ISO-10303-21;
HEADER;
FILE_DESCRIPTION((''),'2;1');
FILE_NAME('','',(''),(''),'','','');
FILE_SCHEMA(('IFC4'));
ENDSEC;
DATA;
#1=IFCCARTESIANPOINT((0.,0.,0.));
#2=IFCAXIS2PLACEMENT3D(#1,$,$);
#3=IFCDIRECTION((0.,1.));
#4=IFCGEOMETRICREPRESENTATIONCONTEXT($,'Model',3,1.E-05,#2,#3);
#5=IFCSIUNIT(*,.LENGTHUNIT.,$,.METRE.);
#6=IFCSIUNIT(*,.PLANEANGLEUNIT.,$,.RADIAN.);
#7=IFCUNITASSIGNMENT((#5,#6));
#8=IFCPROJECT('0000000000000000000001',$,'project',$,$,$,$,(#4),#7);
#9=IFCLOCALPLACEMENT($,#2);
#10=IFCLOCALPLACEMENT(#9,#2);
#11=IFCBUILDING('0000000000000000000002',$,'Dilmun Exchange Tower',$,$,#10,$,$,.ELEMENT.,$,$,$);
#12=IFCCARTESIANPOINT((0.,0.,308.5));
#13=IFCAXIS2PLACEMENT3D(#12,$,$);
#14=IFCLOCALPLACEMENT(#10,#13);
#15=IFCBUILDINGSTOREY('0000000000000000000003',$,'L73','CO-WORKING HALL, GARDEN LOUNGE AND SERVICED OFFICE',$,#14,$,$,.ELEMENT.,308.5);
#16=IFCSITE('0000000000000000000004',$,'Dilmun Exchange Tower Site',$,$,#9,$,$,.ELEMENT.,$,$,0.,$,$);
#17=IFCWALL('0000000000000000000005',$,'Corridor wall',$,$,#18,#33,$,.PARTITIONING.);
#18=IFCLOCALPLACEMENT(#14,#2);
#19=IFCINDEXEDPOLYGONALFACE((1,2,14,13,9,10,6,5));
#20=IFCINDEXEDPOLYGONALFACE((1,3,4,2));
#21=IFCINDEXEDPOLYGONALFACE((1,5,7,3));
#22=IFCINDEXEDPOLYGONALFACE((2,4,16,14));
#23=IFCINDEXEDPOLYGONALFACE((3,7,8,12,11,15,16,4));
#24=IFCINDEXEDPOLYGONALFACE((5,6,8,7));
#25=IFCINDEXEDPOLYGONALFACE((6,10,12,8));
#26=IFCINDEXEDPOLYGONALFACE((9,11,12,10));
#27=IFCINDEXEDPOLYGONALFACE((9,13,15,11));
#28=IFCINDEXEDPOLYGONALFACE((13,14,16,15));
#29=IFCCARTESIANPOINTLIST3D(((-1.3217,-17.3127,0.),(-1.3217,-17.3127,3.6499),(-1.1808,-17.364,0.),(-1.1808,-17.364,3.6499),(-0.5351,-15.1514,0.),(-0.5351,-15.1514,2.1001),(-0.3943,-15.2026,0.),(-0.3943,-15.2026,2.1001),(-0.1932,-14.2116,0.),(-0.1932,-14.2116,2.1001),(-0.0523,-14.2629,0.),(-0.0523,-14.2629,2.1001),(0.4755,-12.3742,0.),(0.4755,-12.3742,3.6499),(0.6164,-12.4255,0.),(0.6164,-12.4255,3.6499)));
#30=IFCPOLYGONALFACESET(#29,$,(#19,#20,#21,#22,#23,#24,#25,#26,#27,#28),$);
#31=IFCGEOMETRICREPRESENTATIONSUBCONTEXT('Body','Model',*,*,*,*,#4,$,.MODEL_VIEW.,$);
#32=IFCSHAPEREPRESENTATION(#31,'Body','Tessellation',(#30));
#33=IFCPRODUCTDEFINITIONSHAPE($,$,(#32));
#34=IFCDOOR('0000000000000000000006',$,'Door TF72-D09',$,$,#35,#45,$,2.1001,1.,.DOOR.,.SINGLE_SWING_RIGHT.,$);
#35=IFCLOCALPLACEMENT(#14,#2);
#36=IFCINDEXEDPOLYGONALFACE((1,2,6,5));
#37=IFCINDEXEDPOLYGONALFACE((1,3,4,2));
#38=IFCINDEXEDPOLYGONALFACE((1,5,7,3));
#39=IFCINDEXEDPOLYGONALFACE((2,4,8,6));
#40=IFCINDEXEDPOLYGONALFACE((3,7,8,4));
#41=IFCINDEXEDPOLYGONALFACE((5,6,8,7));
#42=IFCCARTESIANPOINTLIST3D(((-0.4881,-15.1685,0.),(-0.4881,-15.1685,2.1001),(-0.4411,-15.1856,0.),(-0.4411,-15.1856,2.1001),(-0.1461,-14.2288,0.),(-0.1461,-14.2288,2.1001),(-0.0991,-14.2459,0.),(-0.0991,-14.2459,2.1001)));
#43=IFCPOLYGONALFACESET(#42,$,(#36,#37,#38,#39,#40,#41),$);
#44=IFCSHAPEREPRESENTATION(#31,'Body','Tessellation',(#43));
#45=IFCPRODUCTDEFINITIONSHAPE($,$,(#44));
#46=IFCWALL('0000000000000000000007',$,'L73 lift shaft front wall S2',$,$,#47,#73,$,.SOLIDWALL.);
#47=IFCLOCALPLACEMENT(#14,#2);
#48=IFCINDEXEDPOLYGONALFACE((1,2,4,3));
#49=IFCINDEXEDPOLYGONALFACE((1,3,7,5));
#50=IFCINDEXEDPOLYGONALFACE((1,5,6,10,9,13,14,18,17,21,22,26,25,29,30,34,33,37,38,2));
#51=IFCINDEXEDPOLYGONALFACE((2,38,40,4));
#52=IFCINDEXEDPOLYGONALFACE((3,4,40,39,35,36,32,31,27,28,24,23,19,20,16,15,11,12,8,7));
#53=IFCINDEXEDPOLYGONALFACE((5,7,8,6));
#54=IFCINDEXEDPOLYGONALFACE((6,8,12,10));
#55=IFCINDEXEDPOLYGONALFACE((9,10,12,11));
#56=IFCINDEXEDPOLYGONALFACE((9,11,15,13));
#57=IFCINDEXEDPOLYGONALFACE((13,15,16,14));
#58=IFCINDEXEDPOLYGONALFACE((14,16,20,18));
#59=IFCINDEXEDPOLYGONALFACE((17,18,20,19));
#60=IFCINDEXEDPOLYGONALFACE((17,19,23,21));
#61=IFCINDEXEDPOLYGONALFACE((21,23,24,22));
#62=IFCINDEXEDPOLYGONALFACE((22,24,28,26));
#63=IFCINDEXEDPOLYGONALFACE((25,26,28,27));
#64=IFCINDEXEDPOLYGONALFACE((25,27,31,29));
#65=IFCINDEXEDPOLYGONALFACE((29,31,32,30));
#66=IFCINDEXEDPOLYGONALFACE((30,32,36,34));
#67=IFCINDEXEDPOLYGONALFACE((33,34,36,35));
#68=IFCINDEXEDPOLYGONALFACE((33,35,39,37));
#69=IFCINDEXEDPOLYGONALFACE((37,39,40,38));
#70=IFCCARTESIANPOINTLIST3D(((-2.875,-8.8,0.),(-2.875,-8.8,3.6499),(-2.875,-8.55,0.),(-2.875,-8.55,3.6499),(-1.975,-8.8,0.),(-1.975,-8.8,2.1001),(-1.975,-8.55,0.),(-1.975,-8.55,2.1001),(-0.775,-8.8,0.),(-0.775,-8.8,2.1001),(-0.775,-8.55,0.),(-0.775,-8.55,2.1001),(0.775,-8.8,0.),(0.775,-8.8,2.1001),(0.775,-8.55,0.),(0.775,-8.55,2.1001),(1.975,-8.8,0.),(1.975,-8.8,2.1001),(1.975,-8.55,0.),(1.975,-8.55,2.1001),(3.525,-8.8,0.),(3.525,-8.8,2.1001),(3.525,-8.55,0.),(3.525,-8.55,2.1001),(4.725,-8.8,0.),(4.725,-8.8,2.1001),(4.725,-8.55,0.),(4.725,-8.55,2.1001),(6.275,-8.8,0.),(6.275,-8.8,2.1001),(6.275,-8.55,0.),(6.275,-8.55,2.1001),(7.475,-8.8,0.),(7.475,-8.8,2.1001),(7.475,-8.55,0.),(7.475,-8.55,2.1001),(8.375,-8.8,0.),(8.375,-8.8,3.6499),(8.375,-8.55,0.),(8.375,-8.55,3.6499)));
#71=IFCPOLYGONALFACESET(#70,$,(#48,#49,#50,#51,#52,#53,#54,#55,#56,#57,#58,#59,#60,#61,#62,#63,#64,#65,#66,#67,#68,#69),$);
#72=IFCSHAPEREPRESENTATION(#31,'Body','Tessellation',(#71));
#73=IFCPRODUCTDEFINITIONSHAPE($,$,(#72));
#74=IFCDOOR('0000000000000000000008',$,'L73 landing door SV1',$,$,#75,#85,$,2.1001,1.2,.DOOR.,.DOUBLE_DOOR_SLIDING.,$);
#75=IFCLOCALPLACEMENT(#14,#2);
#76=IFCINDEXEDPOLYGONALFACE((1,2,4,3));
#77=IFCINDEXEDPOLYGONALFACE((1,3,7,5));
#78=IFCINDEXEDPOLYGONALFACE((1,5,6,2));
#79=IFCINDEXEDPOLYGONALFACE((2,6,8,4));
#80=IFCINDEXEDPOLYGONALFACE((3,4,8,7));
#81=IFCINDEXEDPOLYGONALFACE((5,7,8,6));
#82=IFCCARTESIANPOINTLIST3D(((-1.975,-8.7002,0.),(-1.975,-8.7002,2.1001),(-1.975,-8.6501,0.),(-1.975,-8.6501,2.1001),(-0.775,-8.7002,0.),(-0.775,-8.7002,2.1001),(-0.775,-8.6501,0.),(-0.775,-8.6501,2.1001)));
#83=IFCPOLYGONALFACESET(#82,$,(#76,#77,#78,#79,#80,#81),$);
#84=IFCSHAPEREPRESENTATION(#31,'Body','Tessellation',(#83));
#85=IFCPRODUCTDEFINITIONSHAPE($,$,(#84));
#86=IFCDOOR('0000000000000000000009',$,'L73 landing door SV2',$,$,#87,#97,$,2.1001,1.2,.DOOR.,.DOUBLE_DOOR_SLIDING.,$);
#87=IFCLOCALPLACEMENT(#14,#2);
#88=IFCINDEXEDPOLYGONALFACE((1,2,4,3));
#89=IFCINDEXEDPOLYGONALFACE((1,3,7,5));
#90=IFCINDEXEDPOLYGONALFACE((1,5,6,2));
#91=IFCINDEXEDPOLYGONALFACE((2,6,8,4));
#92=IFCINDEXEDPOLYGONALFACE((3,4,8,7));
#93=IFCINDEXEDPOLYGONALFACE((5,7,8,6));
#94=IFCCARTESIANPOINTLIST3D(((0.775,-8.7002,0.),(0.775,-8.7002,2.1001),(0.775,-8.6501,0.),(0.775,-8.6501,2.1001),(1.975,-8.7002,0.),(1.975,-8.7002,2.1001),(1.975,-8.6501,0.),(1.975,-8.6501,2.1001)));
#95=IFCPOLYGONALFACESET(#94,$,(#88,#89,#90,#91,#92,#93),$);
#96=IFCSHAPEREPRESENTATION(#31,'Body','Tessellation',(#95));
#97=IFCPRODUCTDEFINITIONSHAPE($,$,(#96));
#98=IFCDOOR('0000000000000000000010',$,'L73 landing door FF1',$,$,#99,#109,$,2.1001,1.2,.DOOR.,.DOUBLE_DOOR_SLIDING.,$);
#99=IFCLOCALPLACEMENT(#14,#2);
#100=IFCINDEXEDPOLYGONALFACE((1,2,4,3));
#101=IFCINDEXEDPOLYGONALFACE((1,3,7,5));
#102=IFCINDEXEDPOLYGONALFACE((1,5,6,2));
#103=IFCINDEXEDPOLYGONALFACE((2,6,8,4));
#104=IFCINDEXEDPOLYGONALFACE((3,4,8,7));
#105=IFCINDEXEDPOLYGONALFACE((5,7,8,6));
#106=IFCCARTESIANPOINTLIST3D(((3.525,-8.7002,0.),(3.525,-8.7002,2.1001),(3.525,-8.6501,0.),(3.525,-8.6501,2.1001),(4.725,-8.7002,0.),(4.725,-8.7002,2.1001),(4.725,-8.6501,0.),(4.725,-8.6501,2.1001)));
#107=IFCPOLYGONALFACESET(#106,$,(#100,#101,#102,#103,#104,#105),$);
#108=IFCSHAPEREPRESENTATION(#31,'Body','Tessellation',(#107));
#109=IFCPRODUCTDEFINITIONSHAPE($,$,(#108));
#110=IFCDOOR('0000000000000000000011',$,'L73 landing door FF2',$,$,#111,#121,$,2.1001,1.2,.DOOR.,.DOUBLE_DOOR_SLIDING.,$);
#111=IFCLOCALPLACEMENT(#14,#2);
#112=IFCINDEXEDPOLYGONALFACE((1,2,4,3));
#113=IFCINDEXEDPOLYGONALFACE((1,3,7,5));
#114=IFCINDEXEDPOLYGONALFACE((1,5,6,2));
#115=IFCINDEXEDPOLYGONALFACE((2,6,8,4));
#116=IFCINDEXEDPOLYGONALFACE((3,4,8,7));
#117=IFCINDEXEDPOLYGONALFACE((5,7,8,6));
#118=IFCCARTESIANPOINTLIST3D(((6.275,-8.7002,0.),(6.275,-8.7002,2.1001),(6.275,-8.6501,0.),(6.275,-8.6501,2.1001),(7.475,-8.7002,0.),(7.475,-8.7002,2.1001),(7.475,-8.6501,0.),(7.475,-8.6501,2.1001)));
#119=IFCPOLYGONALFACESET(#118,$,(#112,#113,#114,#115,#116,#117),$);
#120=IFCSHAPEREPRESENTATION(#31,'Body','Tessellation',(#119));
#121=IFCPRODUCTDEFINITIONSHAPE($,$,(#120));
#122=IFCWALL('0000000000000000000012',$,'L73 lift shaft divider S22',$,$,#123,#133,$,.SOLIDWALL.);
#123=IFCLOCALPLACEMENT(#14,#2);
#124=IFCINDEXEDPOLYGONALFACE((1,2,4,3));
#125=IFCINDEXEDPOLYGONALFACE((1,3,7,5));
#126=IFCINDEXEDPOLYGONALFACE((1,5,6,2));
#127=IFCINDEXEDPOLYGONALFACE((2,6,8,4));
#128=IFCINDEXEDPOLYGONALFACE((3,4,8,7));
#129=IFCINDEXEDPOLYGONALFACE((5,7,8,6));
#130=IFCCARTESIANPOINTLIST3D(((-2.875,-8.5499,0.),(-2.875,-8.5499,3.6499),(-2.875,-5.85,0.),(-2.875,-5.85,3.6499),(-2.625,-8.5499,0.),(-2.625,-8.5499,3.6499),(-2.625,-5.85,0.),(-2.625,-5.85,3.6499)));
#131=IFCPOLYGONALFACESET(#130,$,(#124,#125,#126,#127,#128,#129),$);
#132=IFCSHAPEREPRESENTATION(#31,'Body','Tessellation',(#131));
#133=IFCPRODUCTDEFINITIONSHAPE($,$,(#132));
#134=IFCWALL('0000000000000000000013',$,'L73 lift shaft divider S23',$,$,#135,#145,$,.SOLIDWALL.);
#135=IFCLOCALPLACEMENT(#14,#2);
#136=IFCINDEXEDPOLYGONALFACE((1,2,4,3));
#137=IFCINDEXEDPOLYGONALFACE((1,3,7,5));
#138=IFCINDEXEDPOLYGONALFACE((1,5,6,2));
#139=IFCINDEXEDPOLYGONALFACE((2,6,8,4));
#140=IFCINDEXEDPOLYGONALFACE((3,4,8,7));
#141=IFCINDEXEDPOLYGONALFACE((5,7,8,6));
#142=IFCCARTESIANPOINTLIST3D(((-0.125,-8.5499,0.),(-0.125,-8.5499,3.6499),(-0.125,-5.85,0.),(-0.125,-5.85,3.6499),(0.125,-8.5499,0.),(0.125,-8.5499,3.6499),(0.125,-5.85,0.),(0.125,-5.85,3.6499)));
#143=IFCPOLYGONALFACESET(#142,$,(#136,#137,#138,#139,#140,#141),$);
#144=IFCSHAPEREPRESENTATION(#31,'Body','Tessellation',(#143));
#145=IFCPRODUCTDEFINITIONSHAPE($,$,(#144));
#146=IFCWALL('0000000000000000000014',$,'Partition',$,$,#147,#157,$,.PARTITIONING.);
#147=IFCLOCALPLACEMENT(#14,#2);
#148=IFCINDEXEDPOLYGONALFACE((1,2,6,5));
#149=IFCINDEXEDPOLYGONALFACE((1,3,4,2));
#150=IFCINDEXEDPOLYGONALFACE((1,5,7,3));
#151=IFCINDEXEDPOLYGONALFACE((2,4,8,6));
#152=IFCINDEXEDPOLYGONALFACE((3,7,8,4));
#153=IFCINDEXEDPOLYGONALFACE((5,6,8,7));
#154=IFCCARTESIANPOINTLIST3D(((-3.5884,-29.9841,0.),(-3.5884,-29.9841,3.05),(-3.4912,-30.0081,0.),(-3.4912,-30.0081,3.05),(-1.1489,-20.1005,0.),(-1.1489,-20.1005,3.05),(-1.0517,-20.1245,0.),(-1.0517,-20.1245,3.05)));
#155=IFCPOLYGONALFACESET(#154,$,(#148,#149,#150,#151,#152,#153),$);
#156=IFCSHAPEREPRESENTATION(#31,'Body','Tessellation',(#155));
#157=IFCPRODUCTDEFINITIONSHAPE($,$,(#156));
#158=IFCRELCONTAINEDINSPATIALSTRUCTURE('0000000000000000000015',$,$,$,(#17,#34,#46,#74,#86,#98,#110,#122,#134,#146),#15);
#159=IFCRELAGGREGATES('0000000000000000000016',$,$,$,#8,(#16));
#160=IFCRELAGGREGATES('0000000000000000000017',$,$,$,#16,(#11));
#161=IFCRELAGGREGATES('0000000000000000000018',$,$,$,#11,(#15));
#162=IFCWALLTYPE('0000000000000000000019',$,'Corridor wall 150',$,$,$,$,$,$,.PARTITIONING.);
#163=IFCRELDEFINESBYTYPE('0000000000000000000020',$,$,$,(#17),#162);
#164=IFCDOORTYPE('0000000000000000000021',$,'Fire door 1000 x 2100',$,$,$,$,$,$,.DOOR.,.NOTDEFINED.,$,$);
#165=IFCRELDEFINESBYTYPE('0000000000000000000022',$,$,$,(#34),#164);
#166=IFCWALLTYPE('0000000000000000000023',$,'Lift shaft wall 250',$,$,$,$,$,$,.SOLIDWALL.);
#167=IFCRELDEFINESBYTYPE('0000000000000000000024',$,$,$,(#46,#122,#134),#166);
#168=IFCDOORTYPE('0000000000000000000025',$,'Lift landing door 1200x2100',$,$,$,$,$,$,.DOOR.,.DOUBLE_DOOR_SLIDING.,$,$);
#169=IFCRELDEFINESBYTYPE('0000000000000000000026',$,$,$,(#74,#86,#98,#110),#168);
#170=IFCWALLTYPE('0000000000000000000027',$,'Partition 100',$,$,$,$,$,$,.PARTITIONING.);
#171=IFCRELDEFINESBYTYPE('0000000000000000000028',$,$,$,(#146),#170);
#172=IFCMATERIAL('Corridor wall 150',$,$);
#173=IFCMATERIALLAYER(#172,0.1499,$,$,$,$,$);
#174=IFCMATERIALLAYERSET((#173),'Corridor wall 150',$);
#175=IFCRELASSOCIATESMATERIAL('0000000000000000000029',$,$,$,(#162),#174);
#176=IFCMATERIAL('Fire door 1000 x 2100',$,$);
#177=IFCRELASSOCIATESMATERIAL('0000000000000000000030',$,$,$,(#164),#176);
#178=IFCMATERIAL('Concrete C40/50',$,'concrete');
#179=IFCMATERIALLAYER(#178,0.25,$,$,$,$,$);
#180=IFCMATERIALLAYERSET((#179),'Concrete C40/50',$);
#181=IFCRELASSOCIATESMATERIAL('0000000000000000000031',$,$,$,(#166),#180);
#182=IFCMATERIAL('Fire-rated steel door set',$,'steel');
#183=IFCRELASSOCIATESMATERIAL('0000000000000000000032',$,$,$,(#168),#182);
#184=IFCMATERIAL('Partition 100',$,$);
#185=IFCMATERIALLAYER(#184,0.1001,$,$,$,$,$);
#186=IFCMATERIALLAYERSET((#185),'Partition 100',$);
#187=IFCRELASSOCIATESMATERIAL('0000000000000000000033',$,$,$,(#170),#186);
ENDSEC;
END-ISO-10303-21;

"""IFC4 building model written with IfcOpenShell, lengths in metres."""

from ifc_helpers import new_model, si_unit, direction, frame, frame_2d, origin, place, context, subcontext, project, spatial, rectangle, extrude, material, layer, layer_set, type_object, element, fill, save


model = new_model("IFC4")

# Units and contexts
model_context = context("Model", 3, precision=1e-05, world=origin(), true_north=direction((0.0, 1.0)))
body_context = subcontext(model_context, "Body", "Model", "MODEL_VIEW")
ifc_project = project(units=[si_unit("LENGTHUNIT", "METRE"), si_unit("PLANEANGLEUNIT", "RADIAN")], contexts=[model_context])

# Site, building, storey
site_placement = place(None, origin())
site = spatial("IfcSite", under=ifc_project, at=site_placement, Name="Dilmun Exchange Tower Site", CompositionType="ELEMENT", RefElevation=0.0)
building_placement = place(site_placement, origin())
building = spatial("IfcBuilding", under=site, at=building_placement, Name="Dilmun Exchange Tower", CompositionType="ELEMENT")
storey_placement = place(building_placement, frame((0.0, 0.0, 308.5)))
storey = spatial("IfcBuildingStorey", under=building, at=storey_placement, Name="L73", Description="CO-WORKING HALL, GARDEN LOUNGE AND SERVICED OFFICE", CompositionType="ELEMENT", Elevation=308.5)

# Shared definitions
ifc_material_1 = material(Name="Concrete C40/50", Category="concrete")

# Shared definitions
ifc_material_2 = material(Name="Fire-rated steel door set", Category="steel")

# Wall, opening, door
ifc_material_3 = material(Name="Corridor wall 150")
ifc_layer_1 = layer(ifc_material_3, 0.1499)
ifc_layer_set_1 = layer_set([ifc_layer_1], Name="Corridor wall 150")
wall_type_1 = type_object("IfcWallType", Name="Corridor wall 150", PredefinedType="PARTITIONING", material=ifc_layer_set_1)
wall_1_placement = place(storey_placement, frame((-1.2512, -17.3384, 0.0), z_axis=(0.0, 0.0, 1.0), x_axis=(0.341963, 0.939713, 0.0)))
wall_1 = element("IfcWall", 1, at=wall_1_placement, inside=storey, type_object=wall_type_1, Name="Corridor wall", PredefinedType="PARTITIONING", context=body_context, shape_type="SweptSolid", body=[
    extrude(rectangle(XDim=5.2554, YDim=0.1499, at=frame_2d((2.6277, 0.0))), origin(), (0.0, 0.0, 1.0), 3.6499),
])
opening_1_placement = place(wall_1_placement, frame((2.3, 0.0, 0.0)))
opening_1 = element("IfcOpeningElement", 2, at=opening_1_placement, cuts=wall_1, PredefinedType="OPENING", context=body_context, shape_type="SweptSolid", body=[
    extrude(rectangle(XDim=1.0, YDim=2.1001, at=frame_2d((0.5, 1.05))), frame((0.0, 0.085, 0.0), z_axis=(0.0, -1.0, 0.0), x_axis=(1.0, 0.0, 0.0)), (0.0, 0.0, 1.0), 0.1699),
])
ifc_material_4 = material(Name="Fire door 1000 x 2100")
door_type_1 = type_object("IfcDoorType", Name="Fire door 1000 x 2100", OperationType="NOTDEFINED", PredefinedType="DOOR", material=ifc_material_4)
door_1_placement = place(opening_1_placement, origin())
door_1 = element("IfcDoor", 3, at=door_1_placement, inside=storey, type_object=door_type_1, Name="Door TF72-D09", OperationType="SINGLE_SWING_RIGHT", OverallHeight=2.1001, OverallWidth=1.0, PredefinedType="DOOR", context=body_context, shape_type="SweptSolid", body=[
    extrude(rectangle(XDim=1.0, YDim=2.1001, at=frame_2d((0.5, 1.05))), frame((0.0, 0.0249, 0.0), z_axis=(0.0, -1.0, 0.0), x_axis=(1.0, 0.0, 0.0)), (0.0, 0.0, 1.0), 0.05),
])
fill(opening_1, door_1)

# Wall, openings, doors
ifc_layer_2 = layer(ifc_material_1, 0.25)
ifc_layer_set_2 = layer_set([ifc_layer_2], Name="Concrete C40/50")
wall_type_2 = type_object("IfcWallType", Name="Lift shaft wall 250", PredefinedType="SOLIDWALL", material=ifc_layer_set_2)
wall_2_placement = place(storey_placement, frame((-2.875, -8.675, 0.0), z_axis=(0.0, 0.0, 1.0), x_axis=(1.0, 0.0, 0.0)))
wall_2 = element("IfcWall", 4, at=wall_2_placement, inside=storey, type_object=wall_type_2, Name="L73 lift shaft front wall S2", PredefinedType="SOLIDWALL", context=body_context, shape_type="SweptSolid", body=[
    extrude(rectangle(XDim=11.25, YDim=0.25, at=frame_2d((5.625, 0.0))), origin(), (0.0, 0.0, 1.0), 3.6499),
])
opening_2_placement = place(wall_2_placement, frame((0.8999, 0.0, 0.0)))
opening_2 = element("IfcOpeningElement", 5, at=opening_2_placement, cuts=wall_2, PredefinedType="OPENING", context=body_context, shape_type="SweptSolid", body=[
    extrude(rectangle(XDim=1.2, YDim=2.1001, at=frame_2d((0.6001, 1.05))), frame((0.0, 0.135, 0.0), z_axis=(0.0, -1.0, 0.0), x_axis=(1.0, 0.0, 0.0)), (0.0, 0.0, 1.0), 0.27),
])
opening_3_placement = place(wall_2_placement, frame((3.6499, 0.0, 0.0)))
opening_3 = element("IfcOpeningElement", 6, at=opening_3_placement, cuts=wall_2, PredefinedType="OPENING", context=body_context, shape_type="SweptSolid", body=[
    extrude(rectangle(XDim=1.2, YDim=2.1001, at=frame_2d((0.6001, 1.05))), frame((0.0, 0.135, 0.0), z_axis=(0.0, -1.0, 0.0), x_axis=(1.0, 0.0, 0.0)), (0.0, 0.0, 1.0), 0.27),
])
opening_4_placement = place(wall_2_placement, frame((6.3999, 0.0, 0.0)))
opening_4 = element("IfcOpeningElement", 7, at=opening_4_placement, cuts=wall_2, PredefinedType="OPENING", context=body_context, shape_type="SweptSolid", body=[
    extrude(rectangle(XDim=1.2, YDim=2.1001, at=frame_2d((0.6001, 1.05))), frame((0.0, 0.135, 0.0), z_axis=(0.0, -1.0, 0.0), x_axis=(1.0, 0.0, 0.0)), (0.0, 0.0, 1.0), 0.27),
])
opening_5_placement = place(wall_2_placement, frame((9.1499, 0.0, 0.0)))
opening_5 = element("IfcOpeningElement", 8, at=opening_5_placement, cuts=wall_2, PredefinedType="OPENING", context=body_context, shape_type="SweptSolid", body=[
    extrude(rectangle(XDim=1.2, YDim=2.1001, at=frame_2d((0.6001, 1.05))), frame((0.0, 0.135, 0.0), z_axis=(0.0, -1.0, 0.0), x_axis=(1.0, 0.0, 0.0)), (0.0, 0.0, 1.0), 0.27),
])
door_type_2 = type_object("IfcDoorType", Name="Lift landing door 1200x2100", OperationType="DOUBLE_DOOR_SLIDING", PredefinedType="DOOR", material=ifc_material_2)
door_2_placement = place(opening_2_placement, origin())
door_2 = element("IfcDoor", 9, at=door_2_placement, inside=storey, type_object=door_type_2, Name="L73 landing door SV1", OperationType="DOUBLE_DOOR_SLIDING", OverallHeight=2.1001, OverallWidth=1.2, PredefinedType="DOOR", context=body_context, shape_type="SweptSolid", body=[
    extrude(rectangle(XDim=1.2, YDim=2.1001, at=frame_2d((0.6001, 1.05))), frame((0.0, 0.0249, 0.0), z_axis=(0.0, -1.0, 0.0), x_axis=(1.0, 0.0, 0.0)), (0.0, 0.0, 1.0), 0.05),
])
fill(opening_2, door_2)
door_3_placement = place(opening_3_placement, origin())
door_3 = element("IfcDoor", 10, at=door_3_placement, inside=storey, type_object=door_type_2, Name="L73 landing door SV2", OperationType="DOUBLE_DOOR_SLIDING", OverallHeight=2.1001, OverallWidth=1.2, PredefinedType="DOOR", context=body_context, shape_type="SweptSolid", body=[
    extrude(rectangle(XDim=1.2, YDim=2.1001, at=frame_2d((0.6001, 1.05))), frame((0.0, 0.0249, 0.0), z_axis=(0.0, -1.0, 0.0), x_axis=(1.0, 0.0, 0.0)), (0.0, 0.0, 1.0), 0.05),
])
fill(opening_3, door_3)
door_4_placement = place(opening_4_placement, origin())
door_4 = element("IfcDoor", 11, at=door_4_placement, inside=storey, type_object=door_type_2, Name="L73 landing door FF1", OperationType="DOUBLE_DOOR_SLIDING", OverallHeight=2.1001, OverallWidth=1.2, PredefinedType="DOOR", context=body_context, shape_type="SweptSolid", body=[
    extrude(rectangle(XDim=1.2, YDim=2.1001, at=frame_2d((0.6001, 1.05))), frame((0.0, 0.0249, 0.0), z_axis=(0.0, -1.0, 0.0), x_axis=(1.0, 0.0, 0.0)), (0.0, 0.0, 1.0), 0.05),
])
fill(opening_4, door_4)
door_5_placement = place(opening_5_placement, origin())
door_5 = element("IfcDoor", 12, at=door_5_placement, inside=storey, type_object=door_type_2, Name="L73 landing door FF2", OperationType="DOUBLE_DOOR_SLIDING", OverallHeight=2.1001, OverallWidth=1.2, PredefinedType="DOOR", context=body_context, shape_type="SweptSolid", body=[
    extrude(rectangle(XDim=1.2, YDim=2.1001, at=frame_2d((0.6001, 1.05))), frame((0.0, 0.0249, 0.0), z_axis=(0.0, -1.0, 0.0), x_axis=(1.0, 0.0, 0.0)), (0.0, 0.0, 1.0), 0.05),
])
fill(opening_5, door_5)

# Walls
for number, where, z_axis, x_axis, name in (
    (13, (-2.75, -8.55, 0.0), (0.0, 0.0, 1.0), (0.0, 1.0, 0.0), "L73 lift shaft divider S22"),
    (14, (0.0, -8.55, 0.0), (0.0, 0.0, 1.0), (0.0, 1.0, 0.0), "L73 lift shaft divider S23"),
):
    element("IfcWall", number, at=place(storey_placement, frame(where, z_axis=z_axis, x_axis=x_axis)), inside=storey, type_object=wall_type_2, Name=name, PredefinedType="SOLIDWALL", context=body_context, shape_type="SweptSolid", body=[
        extrude(rectangle(XDim=2.7, YDim=0.25, at=frame_2d((1.3501, 0.0))), origin(), (0.0, 0.0, 1.0), 3.6499),
    ])
ifc_material_5 = material(Name="Partition 100")
ifc_layer_3 = layer(ifc_material_5, 0.1001)
ifc_layer_set_3 = layer_set([ifc_layer_3], Name="Partition 100")
wall_type_3 = type_object("IfcWallType", Name="Partition 100", PredefinedType="PARTITIONING", material=ifc_layer_set_3)
wall_3_placement = place(storey_placement, frame((-3.5398, -29.9961, 0.0), z_axis=(0.0, 0.0, 1.0), x_axis=(0.239628, 0.970865, 0.0)))
element("IfcWall", 15, at=wall_3_placement, inside=storey, type_object=wall_type_3, Name="Partition", PredefinedType="PARTITIONING", context=body_context, shape_type="SweptSolid", body=[
    extrude(rectangle(XDim=10.1802, YDim=0.1001, at=frame_2d((5.0901, 0.0))), origin(), (0.0, 0.0, 1.0), 3.05),
])

save(model, "model.ifc")
